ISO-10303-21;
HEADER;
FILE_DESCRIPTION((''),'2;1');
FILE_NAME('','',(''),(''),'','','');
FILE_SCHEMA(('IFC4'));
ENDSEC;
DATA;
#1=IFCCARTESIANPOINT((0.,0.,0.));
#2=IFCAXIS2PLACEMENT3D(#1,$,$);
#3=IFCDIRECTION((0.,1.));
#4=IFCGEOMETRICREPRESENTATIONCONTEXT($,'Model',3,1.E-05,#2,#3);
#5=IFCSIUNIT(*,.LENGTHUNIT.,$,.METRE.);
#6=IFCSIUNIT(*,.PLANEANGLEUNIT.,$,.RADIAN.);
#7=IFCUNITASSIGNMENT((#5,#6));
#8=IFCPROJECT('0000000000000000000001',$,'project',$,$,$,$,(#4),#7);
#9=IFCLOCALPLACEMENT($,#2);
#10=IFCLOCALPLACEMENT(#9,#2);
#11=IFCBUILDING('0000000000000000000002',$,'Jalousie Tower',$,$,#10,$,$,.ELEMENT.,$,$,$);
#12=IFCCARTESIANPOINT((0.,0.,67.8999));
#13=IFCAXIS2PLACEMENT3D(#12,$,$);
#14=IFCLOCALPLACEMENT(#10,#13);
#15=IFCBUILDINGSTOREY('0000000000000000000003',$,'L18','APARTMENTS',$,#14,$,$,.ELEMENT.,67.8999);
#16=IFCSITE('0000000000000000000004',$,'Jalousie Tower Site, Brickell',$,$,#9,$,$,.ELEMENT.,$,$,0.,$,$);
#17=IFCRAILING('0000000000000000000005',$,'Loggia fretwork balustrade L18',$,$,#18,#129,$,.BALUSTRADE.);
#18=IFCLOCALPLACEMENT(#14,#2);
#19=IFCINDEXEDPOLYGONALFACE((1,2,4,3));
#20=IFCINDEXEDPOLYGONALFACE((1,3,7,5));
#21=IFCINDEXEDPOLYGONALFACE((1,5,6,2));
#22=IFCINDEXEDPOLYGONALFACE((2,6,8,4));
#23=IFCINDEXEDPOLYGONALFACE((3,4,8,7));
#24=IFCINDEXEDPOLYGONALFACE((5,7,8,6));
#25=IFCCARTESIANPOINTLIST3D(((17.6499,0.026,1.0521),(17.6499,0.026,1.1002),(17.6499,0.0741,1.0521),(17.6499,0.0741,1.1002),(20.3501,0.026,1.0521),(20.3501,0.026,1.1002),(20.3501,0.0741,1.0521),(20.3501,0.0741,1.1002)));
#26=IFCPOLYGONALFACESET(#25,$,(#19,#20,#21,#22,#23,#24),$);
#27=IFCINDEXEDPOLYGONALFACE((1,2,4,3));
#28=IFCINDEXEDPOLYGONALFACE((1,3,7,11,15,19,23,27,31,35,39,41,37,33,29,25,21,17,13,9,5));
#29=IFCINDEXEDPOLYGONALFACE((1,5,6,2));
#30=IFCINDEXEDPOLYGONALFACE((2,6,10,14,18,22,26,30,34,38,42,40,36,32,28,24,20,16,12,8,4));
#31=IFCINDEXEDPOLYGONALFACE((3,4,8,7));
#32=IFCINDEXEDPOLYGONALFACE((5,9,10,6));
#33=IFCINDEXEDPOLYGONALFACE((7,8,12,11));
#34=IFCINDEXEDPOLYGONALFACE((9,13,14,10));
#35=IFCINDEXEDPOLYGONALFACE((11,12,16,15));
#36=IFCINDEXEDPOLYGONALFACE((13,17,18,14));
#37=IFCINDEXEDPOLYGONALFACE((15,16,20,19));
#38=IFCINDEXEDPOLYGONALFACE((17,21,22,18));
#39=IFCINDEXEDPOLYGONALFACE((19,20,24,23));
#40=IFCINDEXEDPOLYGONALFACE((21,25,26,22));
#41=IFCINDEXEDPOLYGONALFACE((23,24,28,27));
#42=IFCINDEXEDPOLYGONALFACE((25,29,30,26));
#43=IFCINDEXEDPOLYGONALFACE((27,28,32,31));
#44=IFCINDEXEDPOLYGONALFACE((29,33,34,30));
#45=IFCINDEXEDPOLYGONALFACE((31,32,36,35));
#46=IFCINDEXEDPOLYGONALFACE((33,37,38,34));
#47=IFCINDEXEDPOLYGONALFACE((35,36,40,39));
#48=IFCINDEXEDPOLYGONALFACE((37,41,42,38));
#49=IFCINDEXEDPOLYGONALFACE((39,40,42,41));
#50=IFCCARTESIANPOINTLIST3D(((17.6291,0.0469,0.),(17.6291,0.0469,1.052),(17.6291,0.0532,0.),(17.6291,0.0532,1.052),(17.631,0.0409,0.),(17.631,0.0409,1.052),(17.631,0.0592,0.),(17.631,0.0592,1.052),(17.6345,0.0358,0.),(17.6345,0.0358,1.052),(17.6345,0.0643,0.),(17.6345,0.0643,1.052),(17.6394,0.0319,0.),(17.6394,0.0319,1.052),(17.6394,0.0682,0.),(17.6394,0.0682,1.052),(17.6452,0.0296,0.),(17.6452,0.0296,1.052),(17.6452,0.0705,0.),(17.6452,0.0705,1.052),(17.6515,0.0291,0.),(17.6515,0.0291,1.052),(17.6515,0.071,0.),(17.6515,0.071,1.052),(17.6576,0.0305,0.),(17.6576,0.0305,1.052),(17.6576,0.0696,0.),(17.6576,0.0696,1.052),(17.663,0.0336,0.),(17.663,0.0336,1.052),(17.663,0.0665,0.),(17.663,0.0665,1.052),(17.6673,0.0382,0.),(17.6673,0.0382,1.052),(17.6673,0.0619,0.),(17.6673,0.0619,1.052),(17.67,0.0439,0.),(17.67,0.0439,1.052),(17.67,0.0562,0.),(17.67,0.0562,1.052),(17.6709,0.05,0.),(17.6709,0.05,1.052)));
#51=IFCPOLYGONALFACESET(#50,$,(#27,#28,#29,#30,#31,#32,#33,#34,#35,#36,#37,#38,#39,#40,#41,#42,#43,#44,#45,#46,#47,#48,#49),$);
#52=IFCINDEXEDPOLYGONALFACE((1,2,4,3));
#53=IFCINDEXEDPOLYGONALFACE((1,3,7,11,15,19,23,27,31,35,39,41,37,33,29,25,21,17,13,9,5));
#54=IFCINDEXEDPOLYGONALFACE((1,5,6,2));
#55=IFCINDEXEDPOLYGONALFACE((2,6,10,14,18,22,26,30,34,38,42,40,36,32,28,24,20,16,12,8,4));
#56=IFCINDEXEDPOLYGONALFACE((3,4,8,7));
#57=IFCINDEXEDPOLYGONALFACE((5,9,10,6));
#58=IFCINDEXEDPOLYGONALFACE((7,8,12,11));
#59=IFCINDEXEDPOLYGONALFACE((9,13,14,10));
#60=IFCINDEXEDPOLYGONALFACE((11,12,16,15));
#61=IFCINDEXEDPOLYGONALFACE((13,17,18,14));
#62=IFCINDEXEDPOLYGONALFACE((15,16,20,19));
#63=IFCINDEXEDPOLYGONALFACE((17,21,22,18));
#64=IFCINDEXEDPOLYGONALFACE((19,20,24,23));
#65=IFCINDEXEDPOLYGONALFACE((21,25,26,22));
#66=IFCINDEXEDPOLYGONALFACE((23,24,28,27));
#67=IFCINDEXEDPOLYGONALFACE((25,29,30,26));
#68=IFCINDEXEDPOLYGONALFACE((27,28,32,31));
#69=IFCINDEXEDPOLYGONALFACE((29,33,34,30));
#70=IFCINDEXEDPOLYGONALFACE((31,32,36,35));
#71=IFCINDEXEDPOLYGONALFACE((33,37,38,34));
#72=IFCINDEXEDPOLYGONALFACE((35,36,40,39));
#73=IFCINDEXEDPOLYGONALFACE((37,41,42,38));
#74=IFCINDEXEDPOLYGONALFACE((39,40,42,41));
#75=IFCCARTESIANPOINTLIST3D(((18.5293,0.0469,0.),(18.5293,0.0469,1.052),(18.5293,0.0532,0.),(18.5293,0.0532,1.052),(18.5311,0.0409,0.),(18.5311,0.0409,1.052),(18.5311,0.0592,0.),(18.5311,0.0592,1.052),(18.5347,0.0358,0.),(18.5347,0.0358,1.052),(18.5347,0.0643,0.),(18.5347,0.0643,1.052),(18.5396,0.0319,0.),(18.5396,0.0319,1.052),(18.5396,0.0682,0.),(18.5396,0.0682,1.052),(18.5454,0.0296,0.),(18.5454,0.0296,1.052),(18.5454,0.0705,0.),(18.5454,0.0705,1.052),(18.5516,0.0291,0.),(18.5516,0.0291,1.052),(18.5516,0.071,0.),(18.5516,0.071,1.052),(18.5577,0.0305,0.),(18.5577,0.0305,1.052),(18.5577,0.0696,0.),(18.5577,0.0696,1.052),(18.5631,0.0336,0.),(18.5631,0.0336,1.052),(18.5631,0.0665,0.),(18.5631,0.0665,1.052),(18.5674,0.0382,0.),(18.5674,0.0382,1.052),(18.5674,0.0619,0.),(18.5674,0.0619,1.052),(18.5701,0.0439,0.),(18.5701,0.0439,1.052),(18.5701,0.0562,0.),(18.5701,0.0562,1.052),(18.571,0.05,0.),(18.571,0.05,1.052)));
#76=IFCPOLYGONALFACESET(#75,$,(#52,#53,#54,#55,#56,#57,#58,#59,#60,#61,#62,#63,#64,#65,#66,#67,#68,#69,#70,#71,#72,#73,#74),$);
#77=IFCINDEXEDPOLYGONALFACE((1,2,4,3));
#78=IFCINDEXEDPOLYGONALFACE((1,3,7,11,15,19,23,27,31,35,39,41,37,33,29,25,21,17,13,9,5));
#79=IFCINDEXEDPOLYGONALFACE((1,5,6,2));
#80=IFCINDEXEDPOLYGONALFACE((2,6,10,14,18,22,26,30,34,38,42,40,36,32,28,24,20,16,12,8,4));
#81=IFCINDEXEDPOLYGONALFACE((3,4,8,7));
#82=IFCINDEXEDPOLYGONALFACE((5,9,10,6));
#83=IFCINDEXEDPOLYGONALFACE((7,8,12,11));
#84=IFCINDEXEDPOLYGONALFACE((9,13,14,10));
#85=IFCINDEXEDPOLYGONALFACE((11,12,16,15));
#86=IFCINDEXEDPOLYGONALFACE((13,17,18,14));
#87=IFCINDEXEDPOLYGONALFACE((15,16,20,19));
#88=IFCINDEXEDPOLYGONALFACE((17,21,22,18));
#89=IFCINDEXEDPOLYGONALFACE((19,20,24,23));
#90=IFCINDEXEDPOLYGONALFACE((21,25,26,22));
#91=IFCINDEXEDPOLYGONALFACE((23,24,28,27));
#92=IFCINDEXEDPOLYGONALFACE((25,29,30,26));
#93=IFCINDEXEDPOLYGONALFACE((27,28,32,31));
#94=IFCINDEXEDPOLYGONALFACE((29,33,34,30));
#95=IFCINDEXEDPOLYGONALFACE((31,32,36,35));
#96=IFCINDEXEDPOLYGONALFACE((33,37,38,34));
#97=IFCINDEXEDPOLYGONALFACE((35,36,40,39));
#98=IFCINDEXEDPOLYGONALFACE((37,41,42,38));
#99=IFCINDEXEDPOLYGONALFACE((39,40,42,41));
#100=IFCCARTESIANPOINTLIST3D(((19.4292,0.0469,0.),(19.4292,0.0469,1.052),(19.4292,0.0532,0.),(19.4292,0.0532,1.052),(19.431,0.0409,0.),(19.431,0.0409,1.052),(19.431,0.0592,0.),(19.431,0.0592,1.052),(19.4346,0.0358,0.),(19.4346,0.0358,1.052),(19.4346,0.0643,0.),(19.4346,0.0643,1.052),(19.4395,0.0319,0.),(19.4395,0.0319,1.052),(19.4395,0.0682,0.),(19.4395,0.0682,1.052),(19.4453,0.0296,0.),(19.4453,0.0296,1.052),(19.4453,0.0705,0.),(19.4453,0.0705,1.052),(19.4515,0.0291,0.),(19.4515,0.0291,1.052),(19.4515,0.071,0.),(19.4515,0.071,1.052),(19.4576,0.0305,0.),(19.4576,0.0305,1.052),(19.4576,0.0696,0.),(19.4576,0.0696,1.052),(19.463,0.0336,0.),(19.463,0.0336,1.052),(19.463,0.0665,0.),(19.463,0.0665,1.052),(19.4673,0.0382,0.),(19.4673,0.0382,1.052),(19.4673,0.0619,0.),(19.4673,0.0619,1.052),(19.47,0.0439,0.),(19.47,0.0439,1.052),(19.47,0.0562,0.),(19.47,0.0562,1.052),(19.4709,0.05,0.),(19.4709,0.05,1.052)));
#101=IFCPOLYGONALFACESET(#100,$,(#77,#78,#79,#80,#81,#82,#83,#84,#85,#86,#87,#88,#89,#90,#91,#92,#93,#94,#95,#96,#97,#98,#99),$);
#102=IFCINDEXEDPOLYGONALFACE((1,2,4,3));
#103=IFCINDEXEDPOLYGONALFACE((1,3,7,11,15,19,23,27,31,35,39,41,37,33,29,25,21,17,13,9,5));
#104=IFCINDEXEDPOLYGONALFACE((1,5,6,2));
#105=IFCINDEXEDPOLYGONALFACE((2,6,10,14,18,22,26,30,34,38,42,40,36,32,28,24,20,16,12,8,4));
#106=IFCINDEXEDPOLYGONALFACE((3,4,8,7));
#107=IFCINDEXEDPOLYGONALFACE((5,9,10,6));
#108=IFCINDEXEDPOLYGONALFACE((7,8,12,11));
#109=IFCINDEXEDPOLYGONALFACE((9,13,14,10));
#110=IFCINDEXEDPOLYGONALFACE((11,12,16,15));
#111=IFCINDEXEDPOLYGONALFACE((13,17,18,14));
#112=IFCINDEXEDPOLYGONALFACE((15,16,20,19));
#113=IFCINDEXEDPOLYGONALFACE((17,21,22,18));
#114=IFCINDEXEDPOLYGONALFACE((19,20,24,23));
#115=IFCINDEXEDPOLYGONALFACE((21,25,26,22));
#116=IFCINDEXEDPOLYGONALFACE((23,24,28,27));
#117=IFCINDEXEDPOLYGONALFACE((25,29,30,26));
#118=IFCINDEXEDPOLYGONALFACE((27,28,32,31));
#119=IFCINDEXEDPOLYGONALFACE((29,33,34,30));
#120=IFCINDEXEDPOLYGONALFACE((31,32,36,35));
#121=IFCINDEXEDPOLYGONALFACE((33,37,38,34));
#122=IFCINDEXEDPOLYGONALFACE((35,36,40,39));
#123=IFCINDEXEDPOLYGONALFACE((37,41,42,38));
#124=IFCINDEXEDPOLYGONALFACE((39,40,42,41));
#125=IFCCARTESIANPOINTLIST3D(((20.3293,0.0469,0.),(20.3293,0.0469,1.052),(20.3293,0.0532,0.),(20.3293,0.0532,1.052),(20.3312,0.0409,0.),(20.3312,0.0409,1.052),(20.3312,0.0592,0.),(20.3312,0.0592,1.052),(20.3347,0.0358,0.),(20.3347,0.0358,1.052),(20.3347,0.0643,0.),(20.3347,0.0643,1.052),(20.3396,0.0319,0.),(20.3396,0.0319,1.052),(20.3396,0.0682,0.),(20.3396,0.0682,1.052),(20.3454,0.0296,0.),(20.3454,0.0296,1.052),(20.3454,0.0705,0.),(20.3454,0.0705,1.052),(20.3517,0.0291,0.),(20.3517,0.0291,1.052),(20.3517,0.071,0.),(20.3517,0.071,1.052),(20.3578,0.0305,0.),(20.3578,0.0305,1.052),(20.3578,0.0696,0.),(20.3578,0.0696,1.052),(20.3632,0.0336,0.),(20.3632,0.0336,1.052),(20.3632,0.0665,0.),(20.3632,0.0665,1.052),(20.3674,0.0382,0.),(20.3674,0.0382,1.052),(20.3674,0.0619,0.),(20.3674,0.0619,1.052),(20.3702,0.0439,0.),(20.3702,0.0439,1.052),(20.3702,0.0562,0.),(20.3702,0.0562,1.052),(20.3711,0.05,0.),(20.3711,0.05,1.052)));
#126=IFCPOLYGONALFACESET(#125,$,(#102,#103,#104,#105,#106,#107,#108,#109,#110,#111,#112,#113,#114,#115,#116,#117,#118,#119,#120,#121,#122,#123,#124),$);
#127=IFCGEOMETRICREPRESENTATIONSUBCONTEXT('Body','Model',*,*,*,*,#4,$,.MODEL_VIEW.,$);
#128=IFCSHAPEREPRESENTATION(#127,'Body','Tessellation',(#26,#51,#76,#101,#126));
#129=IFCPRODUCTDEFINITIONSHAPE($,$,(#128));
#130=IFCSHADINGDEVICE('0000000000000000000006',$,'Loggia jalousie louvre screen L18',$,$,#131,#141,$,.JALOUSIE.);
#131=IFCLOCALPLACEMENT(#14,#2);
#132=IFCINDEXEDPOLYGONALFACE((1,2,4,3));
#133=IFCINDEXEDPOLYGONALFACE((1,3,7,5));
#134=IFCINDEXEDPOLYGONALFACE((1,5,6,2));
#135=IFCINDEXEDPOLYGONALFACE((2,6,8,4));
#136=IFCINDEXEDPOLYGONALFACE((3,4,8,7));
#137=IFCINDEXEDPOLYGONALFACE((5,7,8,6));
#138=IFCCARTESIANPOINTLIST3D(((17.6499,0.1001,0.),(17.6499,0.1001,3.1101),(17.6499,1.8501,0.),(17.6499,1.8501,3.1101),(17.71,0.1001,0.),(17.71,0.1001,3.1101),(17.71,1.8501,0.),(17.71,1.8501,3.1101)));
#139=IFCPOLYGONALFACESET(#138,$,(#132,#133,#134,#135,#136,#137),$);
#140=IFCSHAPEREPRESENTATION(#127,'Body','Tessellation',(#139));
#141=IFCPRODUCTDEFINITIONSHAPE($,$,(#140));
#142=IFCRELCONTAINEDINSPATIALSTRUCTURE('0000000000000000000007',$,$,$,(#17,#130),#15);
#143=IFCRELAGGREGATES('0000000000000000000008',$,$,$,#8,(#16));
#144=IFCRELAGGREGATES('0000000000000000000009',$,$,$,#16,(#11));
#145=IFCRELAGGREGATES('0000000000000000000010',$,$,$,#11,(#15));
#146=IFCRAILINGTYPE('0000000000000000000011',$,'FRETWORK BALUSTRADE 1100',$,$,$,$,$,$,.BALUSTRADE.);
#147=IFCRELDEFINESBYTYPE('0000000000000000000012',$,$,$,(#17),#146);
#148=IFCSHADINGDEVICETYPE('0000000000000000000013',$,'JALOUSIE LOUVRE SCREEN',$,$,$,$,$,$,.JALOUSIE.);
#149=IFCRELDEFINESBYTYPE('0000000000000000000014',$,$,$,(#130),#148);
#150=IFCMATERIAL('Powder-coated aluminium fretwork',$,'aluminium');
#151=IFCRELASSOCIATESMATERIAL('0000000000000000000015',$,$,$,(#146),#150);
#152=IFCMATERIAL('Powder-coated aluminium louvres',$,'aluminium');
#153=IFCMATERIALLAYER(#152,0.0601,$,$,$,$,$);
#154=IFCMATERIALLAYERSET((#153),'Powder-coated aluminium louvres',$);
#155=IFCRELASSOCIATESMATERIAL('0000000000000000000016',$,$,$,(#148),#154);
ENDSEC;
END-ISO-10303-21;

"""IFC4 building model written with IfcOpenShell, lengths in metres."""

from ifc_helpers import new_model, si_unit, direction, frame, origin, origin_2d, place, context, subcontext, project, spatial, rectangle, circle, extrude, material, layer, layer_set, type_object, element, save


model = new_model("IFC4")

# Units and contexts
model_context = context("Model", 3, precision=1e-05, world=origin(), true_north=direction((0.0, 1.0)))
body_context = subcontext(model_context, "Body", "Model", "MODEL_VIEW")
ifc_project = project(units=[si_unit("LENGTHUNIT", "METRE"), si_unit("PLANEANGLEUNIT", "RADIAN")], contexts=[model_context])

# Site, building, storey
site_placement = place(None, origin())
site = spatial("IfcSite", under=ifc_project, at=site_placement, Name="Jalousie Tower Site, Brickell", CompositionType="ELEMENT", RefElevation=0.0)
building_placement = place(site_placement, origin())
building = spatial("IfcBuilding", under=site, at=building_placement, Name="Jalousie Tower", CompositionType="ELEMENT")
storey_placement = place(building_placement, frame((0.0, 0.0, 67.8999)))
storey = spatial("IfcBuildingStorey", under=building, at=storey_placement, Name="L18", Description="APARTMENTS", CompositionType="ELEMENT", Elevation=67.8999)

# Railing
ifc_material_1 = material(Name="Powder-coated aluminium fretwork", Category="aluminium")
railing_type = type_object("IfcRailingType", Name="FRETWORK BALUSTRADE 1100", PredefinedType="BALUSTRADE", material=ifc_material_1)
railing_placement = place(storey_placement, frame((17.6499, 0.05, 0.0)))
element("IfcRailing", 1, at=railing_placement, inside=storey, type_object=railing_type, Name="Loggia fretwork balustrade L18", PredefinedType="BALUSTRADE", context=body_context, shape_type="SweptSolid", body=[
    extrude(rectangle(XDim=0.0481, YDim=0.0481, at=origin_2d()), frame((0.0, 0.0, 1.0762), z_axis=(1.0, 0.0, 0.0), x_axis=(0.0, 1.0, 0.0)), (0.0, 0.0, 1.0), 2.7002),
    extrude(circle(Radius=0.021, at=origin_2d()), origin(), (0.0, 0.0, 1.0), 1.052),
    extrude(circle(Radius=0.021, at=origin_2d()), frame((0.9001, 0.0, 0.0)), (0.0, 0.0, 1.0), 1.052),
    extrude(circle(Radius=0.021, at=origin_2d()), frame((1.8, 0.0, 0.0)), (0.0, 0.0, 1.0), 1.052),
    extrude(circle(Radius=0.021, at=origin_2d()), frame((2.7002, 0.0, 0.0)), (0.0, 0.0, 1.0), 1.052),
])

# Shading device
ifc_material_2 = material(Name="Powder-coated aluminium louvres", Category="aluminium")
ifc_layer_1 = layer(ifc_material_2, 0.0601)
ifc_layer_set_1 = layer_set([ifc_layer_1], Name="Powder-coated aluminium louvres")
shading_device_type = type_object("IfcShadingDeviceType", Name="JALOUSIE LOUVRE SCREEN", PredefinedType="JALOUSIE", material=ifc_layer_set_1)
shading_device_placement = place(storey_placement, frame((17.6799, 0.9751, 0.0), z_axis=(0.0, 0.0, 1.0), x_axis=(1.0, 0.0, 0.0)))
element("IfcShadingDevice", 2, at=shading_device_placement, inside=storey, type_object=shading_device_type, Name="Loggia jalousie louvre screen L18", PredefinedType="JALOUSIE", context=body_context, shape_type="SweptSolid", body=[
    extrude(rectangle(XDim=0.0601, YDim=1.75, at=origin_2d()), origin(), (0.0, 0.0, 1.0), 3.1101),
])

save(model, "model.ifc")
